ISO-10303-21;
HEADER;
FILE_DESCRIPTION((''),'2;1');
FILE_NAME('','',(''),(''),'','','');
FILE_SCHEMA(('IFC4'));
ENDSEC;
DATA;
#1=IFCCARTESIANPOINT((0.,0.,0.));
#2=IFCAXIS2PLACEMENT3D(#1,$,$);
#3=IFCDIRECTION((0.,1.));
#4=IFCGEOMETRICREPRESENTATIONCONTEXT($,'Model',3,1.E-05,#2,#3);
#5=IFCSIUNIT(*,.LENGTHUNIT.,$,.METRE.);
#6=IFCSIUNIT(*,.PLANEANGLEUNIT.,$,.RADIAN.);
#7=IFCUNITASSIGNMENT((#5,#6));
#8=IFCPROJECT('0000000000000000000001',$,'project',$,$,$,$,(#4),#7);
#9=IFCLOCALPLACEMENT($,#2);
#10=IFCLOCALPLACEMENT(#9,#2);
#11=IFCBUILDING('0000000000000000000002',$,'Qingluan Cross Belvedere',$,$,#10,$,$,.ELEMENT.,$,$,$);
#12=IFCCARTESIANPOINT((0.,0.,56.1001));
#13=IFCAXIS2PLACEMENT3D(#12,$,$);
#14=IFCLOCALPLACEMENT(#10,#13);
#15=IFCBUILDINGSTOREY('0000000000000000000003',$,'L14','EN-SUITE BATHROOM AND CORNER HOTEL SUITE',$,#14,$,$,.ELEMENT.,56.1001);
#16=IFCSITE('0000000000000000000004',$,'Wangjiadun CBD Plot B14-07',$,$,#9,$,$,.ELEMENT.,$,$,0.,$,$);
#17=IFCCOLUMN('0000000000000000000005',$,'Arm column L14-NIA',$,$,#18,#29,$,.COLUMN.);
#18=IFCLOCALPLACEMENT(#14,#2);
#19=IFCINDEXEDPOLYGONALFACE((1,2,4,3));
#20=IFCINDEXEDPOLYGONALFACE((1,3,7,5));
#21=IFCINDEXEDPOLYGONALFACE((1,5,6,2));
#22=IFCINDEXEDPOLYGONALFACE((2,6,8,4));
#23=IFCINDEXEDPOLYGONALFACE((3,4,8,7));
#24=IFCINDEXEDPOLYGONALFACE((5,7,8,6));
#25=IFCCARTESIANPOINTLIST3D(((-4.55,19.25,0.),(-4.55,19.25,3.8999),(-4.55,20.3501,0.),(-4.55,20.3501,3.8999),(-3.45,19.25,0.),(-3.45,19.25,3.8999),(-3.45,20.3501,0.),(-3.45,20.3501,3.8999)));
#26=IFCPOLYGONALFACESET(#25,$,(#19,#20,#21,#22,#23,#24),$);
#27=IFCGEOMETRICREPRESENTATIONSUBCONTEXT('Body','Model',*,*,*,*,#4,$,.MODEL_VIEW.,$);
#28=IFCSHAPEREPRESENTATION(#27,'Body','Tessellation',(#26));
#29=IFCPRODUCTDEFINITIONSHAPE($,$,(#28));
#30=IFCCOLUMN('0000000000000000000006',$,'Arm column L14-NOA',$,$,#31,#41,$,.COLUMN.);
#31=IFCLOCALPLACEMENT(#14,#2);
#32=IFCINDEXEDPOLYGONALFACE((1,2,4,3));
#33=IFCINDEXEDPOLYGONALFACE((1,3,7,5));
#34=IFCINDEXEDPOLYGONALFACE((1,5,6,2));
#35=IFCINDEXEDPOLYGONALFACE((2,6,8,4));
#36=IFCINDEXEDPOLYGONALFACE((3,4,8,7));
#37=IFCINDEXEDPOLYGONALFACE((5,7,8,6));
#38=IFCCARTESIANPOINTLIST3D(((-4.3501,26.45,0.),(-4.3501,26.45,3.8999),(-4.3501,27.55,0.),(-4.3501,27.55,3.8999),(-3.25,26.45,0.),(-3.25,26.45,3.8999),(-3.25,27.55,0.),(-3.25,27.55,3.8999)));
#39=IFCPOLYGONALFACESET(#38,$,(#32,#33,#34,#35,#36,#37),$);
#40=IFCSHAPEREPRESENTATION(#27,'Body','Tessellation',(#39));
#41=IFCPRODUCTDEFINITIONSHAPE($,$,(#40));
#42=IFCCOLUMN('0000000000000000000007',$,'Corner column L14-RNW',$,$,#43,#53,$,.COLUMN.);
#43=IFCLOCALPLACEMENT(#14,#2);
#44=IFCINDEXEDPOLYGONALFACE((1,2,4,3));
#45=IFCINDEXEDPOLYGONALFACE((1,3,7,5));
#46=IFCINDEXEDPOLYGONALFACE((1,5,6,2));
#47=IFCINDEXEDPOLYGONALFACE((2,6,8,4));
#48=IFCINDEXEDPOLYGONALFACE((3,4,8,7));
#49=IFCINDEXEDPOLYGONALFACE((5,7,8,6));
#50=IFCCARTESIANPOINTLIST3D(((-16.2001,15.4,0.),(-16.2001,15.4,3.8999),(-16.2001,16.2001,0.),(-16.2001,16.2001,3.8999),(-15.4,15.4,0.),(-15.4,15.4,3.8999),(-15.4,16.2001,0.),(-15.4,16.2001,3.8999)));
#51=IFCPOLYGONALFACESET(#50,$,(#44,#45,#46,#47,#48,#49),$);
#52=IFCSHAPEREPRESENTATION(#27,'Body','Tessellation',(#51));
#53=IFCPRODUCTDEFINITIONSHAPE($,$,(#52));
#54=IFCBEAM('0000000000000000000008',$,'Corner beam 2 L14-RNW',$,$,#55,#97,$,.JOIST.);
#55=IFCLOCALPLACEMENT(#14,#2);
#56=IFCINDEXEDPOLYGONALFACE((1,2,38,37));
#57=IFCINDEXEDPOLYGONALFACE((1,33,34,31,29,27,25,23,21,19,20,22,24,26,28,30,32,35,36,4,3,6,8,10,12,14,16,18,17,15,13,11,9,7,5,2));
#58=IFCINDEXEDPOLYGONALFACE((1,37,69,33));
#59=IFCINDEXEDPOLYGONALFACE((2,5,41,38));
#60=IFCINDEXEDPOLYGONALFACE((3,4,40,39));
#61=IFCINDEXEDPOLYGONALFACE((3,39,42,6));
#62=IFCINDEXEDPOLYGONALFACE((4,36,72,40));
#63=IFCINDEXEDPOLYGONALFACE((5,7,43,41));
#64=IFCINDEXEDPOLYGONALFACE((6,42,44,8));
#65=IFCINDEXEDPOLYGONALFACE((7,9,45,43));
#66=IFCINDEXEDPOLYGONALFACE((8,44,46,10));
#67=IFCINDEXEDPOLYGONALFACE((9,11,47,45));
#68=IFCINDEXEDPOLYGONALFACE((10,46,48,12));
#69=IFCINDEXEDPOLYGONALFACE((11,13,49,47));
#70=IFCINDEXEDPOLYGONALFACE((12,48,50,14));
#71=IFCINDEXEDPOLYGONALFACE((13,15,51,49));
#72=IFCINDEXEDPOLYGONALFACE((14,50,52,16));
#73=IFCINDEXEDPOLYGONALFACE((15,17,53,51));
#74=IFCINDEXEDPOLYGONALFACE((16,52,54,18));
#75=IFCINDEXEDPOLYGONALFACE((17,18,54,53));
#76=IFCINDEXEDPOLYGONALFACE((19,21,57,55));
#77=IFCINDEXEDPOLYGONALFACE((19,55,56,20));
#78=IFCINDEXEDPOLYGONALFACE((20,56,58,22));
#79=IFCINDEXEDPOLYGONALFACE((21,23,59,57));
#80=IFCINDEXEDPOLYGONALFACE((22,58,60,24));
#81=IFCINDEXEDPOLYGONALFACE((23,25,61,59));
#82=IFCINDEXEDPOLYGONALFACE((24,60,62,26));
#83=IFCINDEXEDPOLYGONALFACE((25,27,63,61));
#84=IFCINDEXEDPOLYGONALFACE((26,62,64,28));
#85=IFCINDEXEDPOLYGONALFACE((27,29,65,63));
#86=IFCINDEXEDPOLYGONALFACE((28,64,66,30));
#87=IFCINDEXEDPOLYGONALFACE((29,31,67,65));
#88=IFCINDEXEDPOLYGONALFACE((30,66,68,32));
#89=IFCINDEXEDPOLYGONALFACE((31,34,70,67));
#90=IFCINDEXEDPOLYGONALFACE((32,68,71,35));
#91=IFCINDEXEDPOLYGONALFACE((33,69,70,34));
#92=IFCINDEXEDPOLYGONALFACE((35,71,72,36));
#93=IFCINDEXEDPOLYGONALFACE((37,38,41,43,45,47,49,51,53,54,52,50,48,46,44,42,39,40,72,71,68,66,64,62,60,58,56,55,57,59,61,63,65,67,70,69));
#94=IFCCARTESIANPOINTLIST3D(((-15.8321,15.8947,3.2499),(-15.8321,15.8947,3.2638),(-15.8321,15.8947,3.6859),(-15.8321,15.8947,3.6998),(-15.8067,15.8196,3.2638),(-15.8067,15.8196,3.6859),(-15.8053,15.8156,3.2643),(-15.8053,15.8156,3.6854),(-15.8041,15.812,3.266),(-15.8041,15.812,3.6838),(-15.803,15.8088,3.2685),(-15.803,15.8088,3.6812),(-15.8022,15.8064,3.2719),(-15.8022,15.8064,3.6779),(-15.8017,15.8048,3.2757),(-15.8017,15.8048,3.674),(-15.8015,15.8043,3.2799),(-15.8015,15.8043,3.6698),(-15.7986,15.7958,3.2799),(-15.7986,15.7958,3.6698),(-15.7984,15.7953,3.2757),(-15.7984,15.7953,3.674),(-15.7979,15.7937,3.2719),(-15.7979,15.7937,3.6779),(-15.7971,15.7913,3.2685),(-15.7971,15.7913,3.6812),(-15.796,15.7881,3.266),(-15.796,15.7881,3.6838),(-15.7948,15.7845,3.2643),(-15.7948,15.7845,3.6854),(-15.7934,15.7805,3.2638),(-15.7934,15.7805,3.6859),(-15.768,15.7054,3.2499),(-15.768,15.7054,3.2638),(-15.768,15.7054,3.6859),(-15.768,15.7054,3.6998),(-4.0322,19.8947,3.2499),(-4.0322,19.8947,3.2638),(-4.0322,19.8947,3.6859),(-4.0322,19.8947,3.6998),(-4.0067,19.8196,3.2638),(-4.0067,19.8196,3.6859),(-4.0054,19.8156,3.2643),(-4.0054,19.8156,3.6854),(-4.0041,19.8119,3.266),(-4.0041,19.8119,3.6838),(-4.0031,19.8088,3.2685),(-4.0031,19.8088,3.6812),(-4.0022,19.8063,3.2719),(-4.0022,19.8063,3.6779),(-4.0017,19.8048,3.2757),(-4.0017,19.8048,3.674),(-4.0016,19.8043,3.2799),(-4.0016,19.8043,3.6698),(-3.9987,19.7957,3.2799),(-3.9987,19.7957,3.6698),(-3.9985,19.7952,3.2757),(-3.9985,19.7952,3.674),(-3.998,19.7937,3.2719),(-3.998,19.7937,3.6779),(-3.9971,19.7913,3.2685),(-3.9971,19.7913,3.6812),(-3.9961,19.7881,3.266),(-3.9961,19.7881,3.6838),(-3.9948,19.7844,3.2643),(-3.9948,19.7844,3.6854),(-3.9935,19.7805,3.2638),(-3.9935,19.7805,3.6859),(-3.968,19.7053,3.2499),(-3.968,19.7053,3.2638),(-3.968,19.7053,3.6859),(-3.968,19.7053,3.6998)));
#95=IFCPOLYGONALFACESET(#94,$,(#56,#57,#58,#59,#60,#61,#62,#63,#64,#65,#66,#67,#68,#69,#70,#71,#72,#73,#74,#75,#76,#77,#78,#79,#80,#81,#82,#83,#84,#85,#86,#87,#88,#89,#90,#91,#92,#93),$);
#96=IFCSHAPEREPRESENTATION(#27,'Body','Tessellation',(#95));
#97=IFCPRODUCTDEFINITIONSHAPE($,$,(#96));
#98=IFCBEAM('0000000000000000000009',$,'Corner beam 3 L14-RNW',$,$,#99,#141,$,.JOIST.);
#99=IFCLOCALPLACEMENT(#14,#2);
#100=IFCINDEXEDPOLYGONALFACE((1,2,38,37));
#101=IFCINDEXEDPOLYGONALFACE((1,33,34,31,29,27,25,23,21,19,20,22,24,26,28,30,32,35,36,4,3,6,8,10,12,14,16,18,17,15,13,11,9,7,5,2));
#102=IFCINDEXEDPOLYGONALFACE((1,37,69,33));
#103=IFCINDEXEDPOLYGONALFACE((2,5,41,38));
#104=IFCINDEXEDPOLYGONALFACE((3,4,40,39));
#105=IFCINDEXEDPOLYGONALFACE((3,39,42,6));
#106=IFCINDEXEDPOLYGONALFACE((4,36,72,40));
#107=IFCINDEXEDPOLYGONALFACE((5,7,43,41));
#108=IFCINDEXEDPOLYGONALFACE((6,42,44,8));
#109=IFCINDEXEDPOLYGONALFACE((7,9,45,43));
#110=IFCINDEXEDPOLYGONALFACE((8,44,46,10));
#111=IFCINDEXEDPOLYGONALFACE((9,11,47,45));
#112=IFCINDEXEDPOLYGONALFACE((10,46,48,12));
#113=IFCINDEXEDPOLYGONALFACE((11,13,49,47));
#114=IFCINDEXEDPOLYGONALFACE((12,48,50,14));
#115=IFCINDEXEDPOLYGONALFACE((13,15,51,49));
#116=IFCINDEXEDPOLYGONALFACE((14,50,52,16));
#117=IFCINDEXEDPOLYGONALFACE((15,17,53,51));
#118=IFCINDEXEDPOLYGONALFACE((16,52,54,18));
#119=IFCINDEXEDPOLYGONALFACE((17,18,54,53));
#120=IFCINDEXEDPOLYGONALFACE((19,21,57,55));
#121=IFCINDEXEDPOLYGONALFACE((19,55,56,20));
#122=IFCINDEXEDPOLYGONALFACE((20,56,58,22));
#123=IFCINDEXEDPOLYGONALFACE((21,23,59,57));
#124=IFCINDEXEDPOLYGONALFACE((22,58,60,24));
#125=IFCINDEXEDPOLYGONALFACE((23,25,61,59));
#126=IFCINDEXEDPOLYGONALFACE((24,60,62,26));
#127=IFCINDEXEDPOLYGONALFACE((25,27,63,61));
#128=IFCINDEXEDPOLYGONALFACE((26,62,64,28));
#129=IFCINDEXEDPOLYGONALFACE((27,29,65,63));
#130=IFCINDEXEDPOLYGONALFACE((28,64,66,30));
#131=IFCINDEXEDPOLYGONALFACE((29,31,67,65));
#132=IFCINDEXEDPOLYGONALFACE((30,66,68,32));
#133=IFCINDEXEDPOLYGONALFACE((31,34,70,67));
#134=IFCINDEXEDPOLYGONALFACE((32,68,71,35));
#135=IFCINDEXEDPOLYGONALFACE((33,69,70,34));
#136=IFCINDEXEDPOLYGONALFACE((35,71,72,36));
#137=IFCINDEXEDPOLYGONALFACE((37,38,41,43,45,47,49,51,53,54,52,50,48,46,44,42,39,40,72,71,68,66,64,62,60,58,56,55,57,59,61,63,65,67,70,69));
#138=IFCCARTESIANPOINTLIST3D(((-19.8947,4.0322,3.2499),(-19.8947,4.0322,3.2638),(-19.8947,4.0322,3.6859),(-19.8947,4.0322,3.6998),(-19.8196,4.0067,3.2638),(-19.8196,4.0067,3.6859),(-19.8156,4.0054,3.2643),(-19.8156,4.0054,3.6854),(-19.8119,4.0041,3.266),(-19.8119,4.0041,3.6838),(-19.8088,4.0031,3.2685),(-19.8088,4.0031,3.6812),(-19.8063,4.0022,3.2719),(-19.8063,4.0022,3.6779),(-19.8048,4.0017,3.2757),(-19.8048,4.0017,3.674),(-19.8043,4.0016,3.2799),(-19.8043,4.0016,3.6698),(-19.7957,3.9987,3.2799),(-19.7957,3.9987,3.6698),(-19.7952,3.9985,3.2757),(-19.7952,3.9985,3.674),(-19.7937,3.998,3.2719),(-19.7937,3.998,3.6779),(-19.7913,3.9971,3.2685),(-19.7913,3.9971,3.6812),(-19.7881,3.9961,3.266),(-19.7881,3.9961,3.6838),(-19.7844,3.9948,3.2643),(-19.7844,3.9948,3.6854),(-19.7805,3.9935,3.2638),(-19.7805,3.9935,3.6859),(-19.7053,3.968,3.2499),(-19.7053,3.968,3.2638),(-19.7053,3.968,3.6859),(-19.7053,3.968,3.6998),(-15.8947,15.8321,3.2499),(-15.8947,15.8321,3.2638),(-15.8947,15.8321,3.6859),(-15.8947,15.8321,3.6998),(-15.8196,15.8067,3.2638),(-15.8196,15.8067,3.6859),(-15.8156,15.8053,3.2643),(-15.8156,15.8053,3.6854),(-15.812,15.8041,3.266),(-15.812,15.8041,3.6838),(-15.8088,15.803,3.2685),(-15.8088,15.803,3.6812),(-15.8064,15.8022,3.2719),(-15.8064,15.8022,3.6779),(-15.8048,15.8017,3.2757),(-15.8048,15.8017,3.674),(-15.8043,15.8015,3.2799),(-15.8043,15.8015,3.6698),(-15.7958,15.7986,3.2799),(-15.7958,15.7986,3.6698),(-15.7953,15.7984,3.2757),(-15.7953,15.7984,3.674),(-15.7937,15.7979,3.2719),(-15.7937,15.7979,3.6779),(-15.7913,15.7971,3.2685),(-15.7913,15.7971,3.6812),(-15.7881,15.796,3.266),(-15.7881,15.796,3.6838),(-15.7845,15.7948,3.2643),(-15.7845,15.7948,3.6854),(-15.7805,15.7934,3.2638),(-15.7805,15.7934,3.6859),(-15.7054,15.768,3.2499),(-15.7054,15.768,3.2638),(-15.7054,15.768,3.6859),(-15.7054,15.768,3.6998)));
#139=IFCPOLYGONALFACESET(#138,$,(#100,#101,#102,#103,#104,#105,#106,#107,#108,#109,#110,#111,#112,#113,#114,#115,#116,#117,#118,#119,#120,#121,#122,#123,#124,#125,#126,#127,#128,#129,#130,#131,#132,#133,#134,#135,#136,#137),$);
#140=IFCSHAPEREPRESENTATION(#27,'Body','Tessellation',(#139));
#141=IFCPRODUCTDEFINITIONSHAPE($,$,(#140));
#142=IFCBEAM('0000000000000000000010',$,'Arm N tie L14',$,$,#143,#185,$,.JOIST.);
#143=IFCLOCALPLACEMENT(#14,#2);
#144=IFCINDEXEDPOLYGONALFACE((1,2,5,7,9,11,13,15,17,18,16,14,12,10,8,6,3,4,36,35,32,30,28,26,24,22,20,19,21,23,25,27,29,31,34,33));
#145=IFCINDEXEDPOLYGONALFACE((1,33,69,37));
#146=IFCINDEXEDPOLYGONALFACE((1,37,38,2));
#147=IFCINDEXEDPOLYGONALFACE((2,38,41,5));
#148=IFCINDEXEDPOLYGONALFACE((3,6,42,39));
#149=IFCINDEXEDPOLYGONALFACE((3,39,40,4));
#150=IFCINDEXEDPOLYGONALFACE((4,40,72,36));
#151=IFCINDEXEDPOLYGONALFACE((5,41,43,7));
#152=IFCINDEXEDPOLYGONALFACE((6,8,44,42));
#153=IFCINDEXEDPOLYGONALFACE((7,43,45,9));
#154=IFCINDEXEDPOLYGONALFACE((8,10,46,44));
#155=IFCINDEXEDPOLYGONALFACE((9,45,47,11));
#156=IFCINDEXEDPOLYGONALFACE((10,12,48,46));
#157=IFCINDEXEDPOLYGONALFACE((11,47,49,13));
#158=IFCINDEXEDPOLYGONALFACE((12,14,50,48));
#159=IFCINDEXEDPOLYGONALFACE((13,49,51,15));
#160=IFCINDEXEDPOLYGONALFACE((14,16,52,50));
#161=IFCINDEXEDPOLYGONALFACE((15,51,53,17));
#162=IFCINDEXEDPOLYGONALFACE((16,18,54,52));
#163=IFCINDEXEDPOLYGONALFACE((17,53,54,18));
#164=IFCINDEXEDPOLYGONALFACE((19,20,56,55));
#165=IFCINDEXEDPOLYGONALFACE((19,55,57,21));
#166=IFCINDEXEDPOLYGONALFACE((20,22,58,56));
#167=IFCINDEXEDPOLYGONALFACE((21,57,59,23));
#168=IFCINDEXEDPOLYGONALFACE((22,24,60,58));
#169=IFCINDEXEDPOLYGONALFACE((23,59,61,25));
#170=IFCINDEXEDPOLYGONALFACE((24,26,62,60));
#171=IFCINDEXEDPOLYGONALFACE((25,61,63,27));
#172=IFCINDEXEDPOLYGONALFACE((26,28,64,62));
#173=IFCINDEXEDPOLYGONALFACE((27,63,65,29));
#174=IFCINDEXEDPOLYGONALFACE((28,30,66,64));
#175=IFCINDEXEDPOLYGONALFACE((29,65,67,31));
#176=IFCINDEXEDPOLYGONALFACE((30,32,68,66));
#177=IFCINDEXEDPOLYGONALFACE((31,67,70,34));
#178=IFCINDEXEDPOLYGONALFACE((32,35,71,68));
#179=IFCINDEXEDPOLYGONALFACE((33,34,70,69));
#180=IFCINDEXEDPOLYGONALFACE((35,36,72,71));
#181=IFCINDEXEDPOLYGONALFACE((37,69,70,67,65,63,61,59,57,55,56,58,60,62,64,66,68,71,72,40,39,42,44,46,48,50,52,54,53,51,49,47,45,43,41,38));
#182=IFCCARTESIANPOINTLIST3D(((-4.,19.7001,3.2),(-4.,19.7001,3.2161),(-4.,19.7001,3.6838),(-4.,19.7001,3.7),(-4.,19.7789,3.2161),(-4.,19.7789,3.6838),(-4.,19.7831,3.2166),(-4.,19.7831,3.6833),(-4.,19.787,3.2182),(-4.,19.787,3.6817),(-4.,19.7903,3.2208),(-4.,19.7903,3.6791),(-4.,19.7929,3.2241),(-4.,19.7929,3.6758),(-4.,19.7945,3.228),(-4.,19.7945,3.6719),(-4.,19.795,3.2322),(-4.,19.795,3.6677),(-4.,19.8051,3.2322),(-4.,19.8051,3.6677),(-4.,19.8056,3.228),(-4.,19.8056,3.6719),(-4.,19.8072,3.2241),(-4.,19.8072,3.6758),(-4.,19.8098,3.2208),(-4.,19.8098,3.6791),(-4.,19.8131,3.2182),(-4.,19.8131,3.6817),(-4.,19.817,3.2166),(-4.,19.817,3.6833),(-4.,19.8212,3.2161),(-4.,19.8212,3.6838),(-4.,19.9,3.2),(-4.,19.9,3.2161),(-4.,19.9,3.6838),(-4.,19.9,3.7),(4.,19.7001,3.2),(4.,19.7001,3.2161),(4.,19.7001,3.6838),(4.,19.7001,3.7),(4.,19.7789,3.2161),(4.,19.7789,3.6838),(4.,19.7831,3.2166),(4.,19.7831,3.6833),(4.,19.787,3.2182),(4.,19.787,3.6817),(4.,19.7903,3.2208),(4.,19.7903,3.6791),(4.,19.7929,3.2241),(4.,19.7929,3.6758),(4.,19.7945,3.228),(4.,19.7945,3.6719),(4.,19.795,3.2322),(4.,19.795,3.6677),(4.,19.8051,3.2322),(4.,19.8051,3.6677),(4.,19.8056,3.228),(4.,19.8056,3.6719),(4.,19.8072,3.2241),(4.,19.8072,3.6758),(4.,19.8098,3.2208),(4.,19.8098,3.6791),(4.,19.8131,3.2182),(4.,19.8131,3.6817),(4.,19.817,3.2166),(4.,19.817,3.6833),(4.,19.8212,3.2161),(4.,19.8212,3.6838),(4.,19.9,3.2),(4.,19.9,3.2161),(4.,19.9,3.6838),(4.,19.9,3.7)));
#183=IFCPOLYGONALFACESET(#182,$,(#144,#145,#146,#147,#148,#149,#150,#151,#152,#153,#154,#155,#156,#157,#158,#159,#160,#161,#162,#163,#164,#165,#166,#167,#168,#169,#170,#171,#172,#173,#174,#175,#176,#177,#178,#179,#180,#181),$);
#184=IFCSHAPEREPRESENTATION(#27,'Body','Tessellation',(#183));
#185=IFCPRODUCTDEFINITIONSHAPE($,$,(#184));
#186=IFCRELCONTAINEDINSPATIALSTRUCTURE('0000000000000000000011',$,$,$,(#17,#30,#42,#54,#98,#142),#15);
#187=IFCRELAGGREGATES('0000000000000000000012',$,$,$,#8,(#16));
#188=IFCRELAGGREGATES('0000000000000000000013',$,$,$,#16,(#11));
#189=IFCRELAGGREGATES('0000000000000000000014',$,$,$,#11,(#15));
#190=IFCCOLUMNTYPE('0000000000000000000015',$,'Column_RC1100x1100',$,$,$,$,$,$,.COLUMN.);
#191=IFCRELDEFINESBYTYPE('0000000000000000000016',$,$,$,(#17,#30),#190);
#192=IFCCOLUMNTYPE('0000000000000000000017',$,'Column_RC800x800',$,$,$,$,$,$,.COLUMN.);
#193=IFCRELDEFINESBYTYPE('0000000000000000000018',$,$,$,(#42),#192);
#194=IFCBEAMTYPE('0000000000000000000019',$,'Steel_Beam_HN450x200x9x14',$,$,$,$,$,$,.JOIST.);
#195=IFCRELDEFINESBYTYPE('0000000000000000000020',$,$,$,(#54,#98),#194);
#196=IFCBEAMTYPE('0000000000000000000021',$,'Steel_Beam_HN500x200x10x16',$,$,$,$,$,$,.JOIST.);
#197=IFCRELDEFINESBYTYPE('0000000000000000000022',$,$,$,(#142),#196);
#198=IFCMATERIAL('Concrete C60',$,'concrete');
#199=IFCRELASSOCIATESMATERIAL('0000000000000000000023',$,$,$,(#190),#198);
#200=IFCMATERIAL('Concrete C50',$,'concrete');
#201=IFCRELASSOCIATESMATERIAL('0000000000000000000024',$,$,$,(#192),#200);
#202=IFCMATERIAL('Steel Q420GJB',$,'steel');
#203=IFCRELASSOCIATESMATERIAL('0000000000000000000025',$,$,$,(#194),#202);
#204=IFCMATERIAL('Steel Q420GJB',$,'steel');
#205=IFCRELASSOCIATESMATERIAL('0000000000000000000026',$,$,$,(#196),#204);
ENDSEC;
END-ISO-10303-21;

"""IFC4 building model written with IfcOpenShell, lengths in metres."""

from ifc_helpers import new_model, si_unit, direction, frame, origin, origin_2d, place, context, subcontext, project, spatial, rectangle, i_section, extrude, material, material_profile, profile_set, type_object, element, save


model = new_model("IFC4")

# Units and contexts
model_context = context("Model", 3, precision=1e-05, world=origin(), true_north=direction((0.0, 1.0)))
body_context = subcontext(model_context, "Body", "Model", "MODEL_VIEW")
ifc_project = project(units=[si_unit("LENGTHUNIT", "METRE"), si_unit("PLANEANGLEUNIT", "RADIAN")], contexts=[model_context])

# Site, building, storey
site_placement = place(None, origin())
site = spatial("IfcSite", under=ifc_project, at=site_placement, Name="Wangjiadun CBD Plot B14-07", CompositionType="ELEMENT", RefElevation=0.0)
building_placement = place(site_placement, origin())
building = spatial("IfcBuilding", under=site, at=building_placement, Name="Qingluan Cross Belvedere", CompositionType="ELEMENT")
storey_placement = place(building_placement, frame((0.0, 0.0, 56.1001)))
storey = spatial("IfcBuildingStorey", under=building, at=storey_placement, Name="L14", Description="EN-SUITE BATHROOM AND CORNER HOTEL SUITE", CompositionType="ELEMENT", Elevation=56.1001)

# Columns
ifc_material_1 = material(Name="Concrete C60", Category="concrete")
ifc_material_profile_1 = material_profile(ifc_material_1, rectangle(XDim=1.1001, YDim=1.1001, at=origin_2d()), Name="RC1100x1100")
ifc_profile_set_1 = profile_set([ifc_material_profile_1], Name="Concrete C60")
column_type_1 = type_object("IfcColumnType", Name="Column_RC1100x1100", PredefinedType="COLUMN", material=ifc_profile_set_1)
for number, where, z_axis, x_axis, name in (
    (1, (-4.0, 19.8, 0.0), (0.0, 0.0, 1.0), (1.0, 0.0, 0.0), "Arm column L14-NIA"),
    (2, (-3.8, 27.0, 0.0), (0.0, 0.0, 1.0), (1.0, 0.0, 0.0), "Arm column L14-NOA"),
):
    element("IfcColumn", number, at=place(storey_placement, frame(where, z_axis=z_axis, x_axis=x_axis)), inside=storey, type_object=column_type_1, Name=name, PredefinedType="COLUMN", context=body_context, shape_type="SweptSolid", body=[
        extrude(rectangle(XDim=1.1001, YDim=1.1001, at=origin_2d()), origin(), (0.0, 0.0, 1.0), 3.8999),
    ])
ifc_material_2 = material(Name="Concrete C50", Category="concrete")
ifc_material_profile_2 = material_profile(ifc_material_2, rectangle(XDim=0.8, YDim=0.8, at=origin_2d()), Name="RC800x800")
ifc_profile_set_2 = profile_set([ifc_material_profile_2], Name="Concrete C50")
column_type_2 = type_object("IfcColumnType", Name="Column_RC800x800", PredefinedType="COLUMN", material=ifc_profile_set_2)
column_placement = place(storey_placement, frame((-15.8, 15.8, 0.0), z_axis=(0.0, 0.0, 1.0), x_axis=(1.0, 0.0, 0.0)))
element("IfcColumn", 3, at=column_placement, inside=storey, type_object=column_type_2, Name="Corner column L14-RNW", PredefinedType="COLUMN", context=body_context, shape_type="SweptSolid", body=[
    extrude(rectangle(XDim=0.8, YDim=0.8, at=origin_2d()), origin(), (0.0, 0.0, 1.0), 3.8999),
])

# Beams
ifc_material_3 = material(Name="Steel Q420GJB", Category="steel")
ifc_material_profile_3 = material_profile(ifc_material_3, i_section(OverallWidth=0.2, OverallDepth=0.45, WebThickness=0.009, FlangeThickness=0.0139, FilletRadius=0.0161, at=origin_2d()), Name="HN450x200x9x14")
ifc_profile_set_3 = profile_set([ifc_material_profile_3], Name="Steel Q420GJB")
beam_type_1 = type_object("IfcBeamType", Name="Steel_Beam_HN450x200x9x14", PredefinedType="JOIST", material=ifc_profile_set_3)
for number, where, z_axis, x_axis, name in (
    (4, (-15.8, 15.8, 3.4749), (0.947066, 0.321038, 0.0), (-0.321038, 0.947066, 0.0), "Corner beam 2 L14-RNW"),
    (5, (-15.8, 15.8, 3.4749), (-0.321038, -0.947066, 0.0), (0.947066, -0.321038, 0.0), "Corner beam 3 L14-RNW"),
):
    element("IfcBeam", number, at=place(storey_placement, frame(where, z_axis=z_axis, x_axis=x_axis)), inside=storey, type_object=beam_type_1, Name=name, PredefinedType="JOIST", context=body_context, shape_type="SweptSolid", body=[
        extrude(i_section(OverallWidth=0.2, OverallDepth=0.45, WebThickness=0.009, FlangeThickness=0.0139, FilletRadius=0.0161, at=origin_2d()), origin(), (0.0, 0.0, 1.0), 12.4595),
    ])
ifc_material_4 = material(Name="Steel Q420GJB", Category="steel")
ifc_material_profile_4 = material_profile(ifc_material_4, i_section(OverallWidth=0.2, OverallDepth=0.5, WebThickness=0.01, FlangeThickness=0.0161, FilletRadius=0.0161, at=origin_2d()), Name="HN500x200x10x16")
ifc_profile_set_4 = profile_set([ifc_material_profile_4], Name="Steel Q420GJB")
beam_type_2 = type_object("IfcBeamType", Name="Steel_Beam_HN500x200x10x16", PredefinedType="JOIST", material=ifc_profile_set_4)
for number, where, z_axis, x_axis, name in (
    (6, (-4.0, 19.8, 3.45), (1.0, 0.0, 0.0), (0.0, 1.0, 0.0), "Arm N tie L14"),
):
    element("IfcBeam", number, at=place(storey_placement, frame(where, z_axis=z_axis, x_axis=x_axis)), inside=storey, type_object=beam_type_2, Name=name, PredefinedType="JOIST", context=body_context, shape_type="SweptSolid", body=[
        extrude(i_section(OverallWidth=0.2, OverallDepth=0.5, WebThickness=0.01, FlangeThickness=0.0161, FilletRadius=0.0161, at=origin_2d()), origin(), (0.0, 0.0, 1.0), 8.0),
    ])

save(model, "model.ifc")
